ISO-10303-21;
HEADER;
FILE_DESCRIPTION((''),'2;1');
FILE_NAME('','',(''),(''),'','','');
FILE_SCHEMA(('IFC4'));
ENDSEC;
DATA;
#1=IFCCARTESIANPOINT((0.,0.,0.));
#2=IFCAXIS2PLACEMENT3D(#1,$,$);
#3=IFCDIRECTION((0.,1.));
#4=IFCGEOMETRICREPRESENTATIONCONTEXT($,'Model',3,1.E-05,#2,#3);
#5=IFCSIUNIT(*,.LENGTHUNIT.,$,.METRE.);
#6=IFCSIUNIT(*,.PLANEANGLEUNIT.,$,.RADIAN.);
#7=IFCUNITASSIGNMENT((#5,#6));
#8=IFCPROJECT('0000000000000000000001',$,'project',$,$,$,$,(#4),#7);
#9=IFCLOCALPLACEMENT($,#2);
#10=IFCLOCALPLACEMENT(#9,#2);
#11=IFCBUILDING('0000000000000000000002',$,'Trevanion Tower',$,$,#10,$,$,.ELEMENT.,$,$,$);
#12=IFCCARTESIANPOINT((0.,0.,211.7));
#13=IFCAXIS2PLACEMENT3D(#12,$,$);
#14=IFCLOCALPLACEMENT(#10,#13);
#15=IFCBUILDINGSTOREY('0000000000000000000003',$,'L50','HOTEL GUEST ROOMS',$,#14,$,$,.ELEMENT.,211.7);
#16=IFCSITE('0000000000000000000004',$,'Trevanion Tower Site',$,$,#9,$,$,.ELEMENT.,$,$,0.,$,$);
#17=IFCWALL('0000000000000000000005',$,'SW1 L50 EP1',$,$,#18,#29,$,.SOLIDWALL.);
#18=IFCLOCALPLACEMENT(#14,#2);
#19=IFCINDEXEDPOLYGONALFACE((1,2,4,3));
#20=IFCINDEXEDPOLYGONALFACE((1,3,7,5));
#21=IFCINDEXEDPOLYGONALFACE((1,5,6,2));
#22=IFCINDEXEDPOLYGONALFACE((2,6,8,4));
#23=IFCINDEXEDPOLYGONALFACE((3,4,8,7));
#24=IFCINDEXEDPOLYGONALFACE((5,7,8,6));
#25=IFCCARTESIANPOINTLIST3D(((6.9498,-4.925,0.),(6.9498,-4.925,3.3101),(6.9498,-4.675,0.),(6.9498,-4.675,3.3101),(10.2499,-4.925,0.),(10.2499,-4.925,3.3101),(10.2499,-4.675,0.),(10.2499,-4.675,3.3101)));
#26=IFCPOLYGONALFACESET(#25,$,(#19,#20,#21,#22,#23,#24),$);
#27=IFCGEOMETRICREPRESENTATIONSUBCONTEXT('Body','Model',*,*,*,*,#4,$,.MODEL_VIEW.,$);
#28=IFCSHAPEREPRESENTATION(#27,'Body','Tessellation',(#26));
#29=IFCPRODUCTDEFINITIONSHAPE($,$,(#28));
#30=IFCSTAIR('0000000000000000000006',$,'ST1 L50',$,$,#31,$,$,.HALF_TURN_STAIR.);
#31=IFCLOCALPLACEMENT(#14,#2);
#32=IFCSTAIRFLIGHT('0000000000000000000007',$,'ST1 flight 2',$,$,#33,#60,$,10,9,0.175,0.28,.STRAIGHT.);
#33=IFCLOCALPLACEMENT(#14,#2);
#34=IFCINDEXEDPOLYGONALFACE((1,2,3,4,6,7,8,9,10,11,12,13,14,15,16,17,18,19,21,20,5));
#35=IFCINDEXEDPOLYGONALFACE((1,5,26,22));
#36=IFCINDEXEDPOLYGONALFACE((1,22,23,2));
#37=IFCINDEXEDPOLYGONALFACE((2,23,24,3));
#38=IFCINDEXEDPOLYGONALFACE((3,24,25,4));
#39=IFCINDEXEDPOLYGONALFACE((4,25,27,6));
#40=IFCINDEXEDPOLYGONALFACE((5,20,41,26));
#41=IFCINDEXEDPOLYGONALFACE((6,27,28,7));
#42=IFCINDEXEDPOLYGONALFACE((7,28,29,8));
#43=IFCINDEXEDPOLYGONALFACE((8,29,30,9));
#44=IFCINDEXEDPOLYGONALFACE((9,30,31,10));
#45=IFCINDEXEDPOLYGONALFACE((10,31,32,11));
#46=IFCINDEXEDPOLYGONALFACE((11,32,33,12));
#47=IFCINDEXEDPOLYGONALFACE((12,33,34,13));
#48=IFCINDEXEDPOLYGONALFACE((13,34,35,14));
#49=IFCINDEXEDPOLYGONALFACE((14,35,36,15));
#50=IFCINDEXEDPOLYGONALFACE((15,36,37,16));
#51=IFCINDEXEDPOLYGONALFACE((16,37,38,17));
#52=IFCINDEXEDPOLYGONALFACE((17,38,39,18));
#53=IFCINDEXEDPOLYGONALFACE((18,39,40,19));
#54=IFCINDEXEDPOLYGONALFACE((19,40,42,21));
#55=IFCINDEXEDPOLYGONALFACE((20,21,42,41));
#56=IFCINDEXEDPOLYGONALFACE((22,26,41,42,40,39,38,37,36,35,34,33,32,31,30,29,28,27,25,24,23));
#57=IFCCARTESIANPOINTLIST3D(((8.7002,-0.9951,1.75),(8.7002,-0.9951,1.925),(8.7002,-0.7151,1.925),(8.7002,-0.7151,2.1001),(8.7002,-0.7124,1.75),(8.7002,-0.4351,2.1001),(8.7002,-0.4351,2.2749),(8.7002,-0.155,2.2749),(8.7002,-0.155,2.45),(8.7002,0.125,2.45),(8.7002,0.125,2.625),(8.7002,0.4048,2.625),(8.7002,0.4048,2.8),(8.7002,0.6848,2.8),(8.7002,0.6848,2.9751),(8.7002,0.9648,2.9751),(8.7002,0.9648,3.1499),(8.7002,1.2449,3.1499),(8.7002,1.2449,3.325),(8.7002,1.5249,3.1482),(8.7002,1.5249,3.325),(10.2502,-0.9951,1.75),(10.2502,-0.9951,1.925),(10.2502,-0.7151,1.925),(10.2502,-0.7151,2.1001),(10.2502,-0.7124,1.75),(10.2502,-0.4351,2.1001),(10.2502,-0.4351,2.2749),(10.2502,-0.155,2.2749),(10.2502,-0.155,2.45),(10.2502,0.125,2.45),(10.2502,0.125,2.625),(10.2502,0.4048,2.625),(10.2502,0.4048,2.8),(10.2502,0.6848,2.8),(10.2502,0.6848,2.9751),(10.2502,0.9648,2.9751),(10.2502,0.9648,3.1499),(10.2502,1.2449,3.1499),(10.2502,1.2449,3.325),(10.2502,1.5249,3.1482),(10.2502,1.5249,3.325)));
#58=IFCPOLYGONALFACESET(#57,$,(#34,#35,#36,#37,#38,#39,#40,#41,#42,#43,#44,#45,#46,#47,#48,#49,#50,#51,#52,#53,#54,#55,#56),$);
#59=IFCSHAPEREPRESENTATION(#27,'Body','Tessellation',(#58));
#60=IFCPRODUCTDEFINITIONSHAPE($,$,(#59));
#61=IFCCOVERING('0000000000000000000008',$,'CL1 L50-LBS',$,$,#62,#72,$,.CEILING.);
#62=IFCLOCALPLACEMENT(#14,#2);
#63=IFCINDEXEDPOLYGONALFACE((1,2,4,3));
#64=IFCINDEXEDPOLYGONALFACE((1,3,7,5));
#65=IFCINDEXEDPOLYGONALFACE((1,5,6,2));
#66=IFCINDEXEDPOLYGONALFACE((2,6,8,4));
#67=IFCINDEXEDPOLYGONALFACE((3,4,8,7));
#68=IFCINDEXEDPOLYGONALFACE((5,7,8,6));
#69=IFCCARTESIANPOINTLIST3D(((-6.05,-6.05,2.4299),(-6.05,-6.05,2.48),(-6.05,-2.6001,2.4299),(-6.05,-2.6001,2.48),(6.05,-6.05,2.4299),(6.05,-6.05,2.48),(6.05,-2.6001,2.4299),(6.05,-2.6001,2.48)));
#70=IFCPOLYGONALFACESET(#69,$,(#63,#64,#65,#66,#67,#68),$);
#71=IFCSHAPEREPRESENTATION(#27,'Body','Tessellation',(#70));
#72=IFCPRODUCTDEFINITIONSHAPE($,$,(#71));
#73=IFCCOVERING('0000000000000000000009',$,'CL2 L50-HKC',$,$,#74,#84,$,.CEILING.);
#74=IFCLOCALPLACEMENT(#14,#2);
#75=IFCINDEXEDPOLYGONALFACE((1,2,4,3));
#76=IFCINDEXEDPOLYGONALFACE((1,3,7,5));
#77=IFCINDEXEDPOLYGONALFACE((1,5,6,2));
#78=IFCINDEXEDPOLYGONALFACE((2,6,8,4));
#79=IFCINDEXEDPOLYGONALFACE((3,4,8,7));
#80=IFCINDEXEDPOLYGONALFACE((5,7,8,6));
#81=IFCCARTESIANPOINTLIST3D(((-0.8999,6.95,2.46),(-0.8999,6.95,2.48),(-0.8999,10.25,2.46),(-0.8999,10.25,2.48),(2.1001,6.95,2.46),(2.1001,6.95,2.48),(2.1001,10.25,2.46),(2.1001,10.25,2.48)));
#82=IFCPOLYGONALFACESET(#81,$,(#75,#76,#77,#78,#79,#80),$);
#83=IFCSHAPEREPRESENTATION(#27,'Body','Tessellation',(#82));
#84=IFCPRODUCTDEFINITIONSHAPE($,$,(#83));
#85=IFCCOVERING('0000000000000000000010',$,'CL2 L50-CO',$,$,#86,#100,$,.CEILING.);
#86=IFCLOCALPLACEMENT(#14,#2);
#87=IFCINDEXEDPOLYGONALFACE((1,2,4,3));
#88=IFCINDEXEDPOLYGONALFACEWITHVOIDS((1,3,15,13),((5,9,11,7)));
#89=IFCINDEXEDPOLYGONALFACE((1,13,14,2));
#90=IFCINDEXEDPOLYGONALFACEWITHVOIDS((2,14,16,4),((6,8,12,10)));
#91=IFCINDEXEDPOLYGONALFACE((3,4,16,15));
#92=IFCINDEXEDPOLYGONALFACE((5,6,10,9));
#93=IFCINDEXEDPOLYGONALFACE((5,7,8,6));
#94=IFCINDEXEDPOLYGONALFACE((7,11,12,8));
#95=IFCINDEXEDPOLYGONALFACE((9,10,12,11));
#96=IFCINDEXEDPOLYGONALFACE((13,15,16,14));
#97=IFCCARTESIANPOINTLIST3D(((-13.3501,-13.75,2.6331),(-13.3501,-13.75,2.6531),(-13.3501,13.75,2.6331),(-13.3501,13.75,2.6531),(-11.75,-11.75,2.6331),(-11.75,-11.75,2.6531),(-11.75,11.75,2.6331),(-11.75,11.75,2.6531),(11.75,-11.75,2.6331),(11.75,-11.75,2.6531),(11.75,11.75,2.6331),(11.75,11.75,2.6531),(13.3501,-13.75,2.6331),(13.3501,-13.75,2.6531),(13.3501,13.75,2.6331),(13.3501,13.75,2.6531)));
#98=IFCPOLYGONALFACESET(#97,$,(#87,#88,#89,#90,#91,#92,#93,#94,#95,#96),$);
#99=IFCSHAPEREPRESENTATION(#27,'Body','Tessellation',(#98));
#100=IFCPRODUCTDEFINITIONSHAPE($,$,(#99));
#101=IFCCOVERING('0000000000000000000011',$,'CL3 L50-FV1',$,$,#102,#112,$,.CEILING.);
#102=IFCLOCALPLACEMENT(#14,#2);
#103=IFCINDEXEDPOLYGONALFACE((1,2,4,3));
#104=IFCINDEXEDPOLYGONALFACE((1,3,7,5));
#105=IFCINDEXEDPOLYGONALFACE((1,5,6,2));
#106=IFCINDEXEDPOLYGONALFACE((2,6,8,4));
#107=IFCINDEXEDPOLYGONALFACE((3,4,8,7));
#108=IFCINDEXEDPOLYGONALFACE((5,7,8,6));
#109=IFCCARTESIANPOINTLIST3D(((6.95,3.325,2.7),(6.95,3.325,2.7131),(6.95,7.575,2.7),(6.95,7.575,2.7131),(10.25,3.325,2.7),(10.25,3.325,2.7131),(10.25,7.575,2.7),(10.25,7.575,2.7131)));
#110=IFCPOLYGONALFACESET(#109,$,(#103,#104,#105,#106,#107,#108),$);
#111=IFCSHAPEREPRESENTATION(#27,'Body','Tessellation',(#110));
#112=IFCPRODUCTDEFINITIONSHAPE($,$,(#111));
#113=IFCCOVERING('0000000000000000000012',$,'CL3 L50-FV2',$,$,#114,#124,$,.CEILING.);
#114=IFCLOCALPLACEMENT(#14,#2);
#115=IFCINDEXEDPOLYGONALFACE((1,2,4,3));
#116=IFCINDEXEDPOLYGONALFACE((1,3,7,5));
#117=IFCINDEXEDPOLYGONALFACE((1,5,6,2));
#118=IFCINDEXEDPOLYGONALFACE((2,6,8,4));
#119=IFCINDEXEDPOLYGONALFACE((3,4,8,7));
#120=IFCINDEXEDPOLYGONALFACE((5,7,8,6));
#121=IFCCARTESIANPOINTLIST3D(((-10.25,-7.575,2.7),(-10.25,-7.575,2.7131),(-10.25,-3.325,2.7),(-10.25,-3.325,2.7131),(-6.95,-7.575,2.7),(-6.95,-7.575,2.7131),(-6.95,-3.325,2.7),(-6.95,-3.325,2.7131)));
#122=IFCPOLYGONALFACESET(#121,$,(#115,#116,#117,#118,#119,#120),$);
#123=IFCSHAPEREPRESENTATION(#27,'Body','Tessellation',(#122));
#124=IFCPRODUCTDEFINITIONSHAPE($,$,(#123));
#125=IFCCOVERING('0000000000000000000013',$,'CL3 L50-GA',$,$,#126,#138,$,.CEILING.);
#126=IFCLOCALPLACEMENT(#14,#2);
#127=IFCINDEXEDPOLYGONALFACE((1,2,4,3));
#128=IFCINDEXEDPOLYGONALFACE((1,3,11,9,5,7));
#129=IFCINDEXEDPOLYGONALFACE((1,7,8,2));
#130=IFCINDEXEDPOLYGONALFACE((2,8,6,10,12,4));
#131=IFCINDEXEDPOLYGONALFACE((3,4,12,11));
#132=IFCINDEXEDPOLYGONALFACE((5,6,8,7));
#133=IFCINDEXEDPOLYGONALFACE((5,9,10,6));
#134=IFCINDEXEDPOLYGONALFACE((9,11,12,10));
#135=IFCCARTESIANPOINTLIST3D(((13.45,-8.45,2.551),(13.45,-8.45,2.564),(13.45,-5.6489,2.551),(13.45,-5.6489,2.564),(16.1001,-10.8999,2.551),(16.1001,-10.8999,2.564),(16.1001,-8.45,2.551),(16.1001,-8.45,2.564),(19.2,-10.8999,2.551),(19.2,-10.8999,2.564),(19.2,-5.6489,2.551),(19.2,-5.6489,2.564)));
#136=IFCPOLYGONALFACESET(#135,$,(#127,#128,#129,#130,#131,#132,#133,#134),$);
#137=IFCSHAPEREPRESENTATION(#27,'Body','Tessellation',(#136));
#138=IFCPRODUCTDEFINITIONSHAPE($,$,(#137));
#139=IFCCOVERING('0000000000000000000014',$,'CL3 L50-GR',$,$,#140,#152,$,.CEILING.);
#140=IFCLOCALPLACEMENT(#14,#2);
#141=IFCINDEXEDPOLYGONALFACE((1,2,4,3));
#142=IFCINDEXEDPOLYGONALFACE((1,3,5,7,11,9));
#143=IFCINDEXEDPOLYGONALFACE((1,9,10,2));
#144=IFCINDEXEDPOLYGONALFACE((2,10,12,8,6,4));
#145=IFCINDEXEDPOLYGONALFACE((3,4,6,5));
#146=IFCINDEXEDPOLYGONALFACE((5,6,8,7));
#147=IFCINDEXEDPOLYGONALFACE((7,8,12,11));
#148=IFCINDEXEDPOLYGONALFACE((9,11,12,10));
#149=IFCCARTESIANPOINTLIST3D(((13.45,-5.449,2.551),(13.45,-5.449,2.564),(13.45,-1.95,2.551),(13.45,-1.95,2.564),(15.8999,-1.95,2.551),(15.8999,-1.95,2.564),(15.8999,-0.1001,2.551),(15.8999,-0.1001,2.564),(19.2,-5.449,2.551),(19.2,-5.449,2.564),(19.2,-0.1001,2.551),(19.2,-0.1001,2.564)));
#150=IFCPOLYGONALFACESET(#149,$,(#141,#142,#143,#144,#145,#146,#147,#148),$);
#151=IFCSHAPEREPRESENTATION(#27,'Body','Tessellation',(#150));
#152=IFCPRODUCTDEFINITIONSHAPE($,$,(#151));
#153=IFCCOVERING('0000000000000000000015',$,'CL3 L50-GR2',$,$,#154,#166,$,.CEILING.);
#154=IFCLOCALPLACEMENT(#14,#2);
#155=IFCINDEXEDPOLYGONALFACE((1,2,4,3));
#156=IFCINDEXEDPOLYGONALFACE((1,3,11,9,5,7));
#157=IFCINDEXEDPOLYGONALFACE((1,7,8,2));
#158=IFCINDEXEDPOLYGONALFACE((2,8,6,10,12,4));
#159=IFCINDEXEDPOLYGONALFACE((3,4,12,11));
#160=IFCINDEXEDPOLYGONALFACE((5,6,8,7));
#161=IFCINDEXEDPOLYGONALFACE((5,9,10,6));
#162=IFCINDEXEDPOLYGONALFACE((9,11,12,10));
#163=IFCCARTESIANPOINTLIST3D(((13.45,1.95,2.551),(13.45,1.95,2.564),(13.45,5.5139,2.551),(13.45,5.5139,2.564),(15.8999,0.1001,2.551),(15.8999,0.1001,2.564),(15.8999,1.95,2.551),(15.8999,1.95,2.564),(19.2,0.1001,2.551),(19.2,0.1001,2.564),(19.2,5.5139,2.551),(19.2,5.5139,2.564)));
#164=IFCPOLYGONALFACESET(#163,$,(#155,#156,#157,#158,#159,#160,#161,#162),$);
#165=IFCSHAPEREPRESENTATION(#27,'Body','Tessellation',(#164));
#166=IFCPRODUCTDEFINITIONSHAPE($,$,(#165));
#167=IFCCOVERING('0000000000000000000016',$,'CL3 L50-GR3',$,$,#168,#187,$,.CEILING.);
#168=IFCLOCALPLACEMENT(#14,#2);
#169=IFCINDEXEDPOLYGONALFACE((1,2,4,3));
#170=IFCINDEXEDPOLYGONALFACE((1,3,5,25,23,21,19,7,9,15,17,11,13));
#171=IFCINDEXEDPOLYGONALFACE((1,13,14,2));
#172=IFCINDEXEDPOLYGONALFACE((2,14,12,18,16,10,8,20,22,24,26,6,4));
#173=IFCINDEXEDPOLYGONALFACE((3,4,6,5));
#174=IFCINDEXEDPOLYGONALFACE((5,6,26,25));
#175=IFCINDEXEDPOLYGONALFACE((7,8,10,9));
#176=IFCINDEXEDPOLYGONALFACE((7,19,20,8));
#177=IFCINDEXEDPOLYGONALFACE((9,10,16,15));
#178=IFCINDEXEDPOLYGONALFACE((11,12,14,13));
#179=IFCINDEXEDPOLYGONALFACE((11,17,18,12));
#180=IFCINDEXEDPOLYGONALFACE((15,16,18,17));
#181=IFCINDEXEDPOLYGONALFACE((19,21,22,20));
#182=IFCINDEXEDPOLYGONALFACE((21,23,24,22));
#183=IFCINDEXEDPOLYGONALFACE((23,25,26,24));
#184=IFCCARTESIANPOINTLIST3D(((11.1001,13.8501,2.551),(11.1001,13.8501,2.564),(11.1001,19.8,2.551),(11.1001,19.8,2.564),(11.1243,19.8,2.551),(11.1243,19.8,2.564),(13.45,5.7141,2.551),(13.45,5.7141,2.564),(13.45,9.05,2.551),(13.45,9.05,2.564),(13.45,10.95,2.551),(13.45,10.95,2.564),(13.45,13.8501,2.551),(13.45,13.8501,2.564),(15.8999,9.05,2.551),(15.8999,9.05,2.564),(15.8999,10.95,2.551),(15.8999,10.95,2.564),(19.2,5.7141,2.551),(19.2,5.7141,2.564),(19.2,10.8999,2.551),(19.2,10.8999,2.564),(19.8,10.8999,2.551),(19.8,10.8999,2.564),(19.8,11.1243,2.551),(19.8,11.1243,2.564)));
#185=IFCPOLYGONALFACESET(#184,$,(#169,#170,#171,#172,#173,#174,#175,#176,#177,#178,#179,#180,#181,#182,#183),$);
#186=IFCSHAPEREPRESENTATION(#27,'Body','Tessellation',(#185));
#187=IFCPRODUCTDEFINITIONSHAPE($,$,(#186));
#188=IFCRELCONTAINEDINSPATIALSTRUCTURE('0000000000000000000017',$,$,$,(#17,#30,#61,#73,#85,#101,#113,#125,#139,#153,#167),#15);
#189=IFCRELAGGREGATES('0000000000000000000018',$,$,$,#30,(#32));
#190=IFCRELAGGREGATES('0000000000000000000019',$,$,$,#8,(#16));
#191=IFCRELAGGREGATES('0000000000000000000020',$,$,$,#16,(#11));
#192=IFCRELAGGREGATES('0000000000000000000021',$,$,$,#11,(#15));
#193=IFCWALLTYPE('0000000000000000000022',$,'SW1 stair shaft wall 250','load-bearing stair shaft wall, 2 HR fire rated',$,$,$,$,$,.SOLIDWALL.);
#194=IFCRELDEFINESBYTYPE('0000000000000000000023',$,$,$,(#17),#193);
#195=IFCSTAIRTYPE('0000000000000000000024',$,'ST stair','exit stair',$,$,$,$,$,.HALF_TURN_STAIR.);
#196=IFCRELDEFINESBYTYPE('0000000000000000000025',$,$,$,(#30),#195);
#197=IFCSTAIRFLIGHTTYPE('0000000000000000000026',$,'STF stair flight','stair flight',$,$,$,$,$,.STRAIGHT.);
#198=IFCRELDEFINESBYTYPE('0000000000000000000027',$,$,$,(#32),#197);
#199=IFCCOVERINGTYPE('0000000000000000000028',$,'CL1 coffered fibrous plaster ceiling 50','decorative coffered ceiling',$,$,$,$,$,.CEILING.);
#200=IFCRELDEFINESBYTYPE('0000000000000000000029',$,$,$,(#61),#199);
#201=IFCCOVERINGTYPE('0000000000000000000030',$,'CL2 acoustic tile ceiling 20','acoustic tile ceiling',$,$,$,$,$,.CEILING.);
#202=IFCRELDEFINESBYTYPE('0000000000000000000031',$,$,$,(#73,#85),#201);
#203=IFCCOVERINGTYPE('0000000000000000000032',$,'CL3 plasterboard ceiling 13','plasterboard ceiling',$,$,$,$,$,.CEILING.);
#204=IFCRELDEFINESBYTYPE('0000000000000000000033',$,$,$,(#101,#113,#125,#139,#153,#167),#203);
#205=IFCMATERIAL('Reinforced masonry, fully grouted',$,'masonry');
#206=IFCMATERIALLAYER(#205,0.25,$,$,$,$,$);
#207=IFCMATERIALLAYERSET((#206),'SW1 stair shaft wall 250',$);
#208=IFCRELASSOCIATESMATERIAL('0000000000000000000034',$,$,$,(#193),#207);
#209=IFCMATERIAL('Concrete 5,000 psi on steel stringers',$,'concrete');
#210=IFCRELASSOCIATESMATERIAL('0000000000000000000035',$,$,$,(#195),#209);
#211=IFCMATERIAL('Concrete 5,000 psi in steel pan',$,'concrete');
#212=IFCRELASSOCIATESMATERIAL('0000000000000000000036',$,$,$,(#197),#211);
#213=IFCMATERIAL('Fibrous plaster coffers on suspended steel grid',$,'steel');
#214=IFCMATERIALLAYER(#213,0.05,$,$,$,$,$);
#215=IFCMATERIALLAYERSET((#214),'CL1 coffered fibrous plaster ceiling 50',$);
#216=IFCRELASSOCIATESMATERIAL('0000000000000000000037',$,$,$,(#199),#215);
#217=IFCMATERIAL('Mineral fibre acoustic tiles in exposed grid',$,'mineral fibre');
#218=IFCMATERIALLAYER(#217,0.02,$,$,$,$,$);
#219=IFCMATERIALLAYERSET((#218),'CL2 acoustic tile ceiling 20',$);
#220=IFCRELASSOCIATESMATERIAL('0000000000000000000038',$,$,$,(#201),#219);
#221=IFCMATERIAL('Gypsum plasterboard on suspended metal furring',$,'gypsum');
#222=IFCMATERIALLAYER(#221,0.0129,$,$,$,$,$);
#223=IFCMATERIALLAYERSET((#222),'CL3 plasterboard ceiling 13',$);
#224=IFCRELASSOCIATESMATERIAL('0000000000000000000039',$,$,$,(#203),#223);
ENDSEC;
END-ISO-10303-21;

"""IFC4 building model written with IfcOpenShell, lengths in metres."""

from ifc_helpers import new_model, si_unit, direction, frame, frame_2d, origin, place, context, subcontext, project, spatial, polyline, rectangle, outline, extrude, material, layer, layer_set, type_object, element, aggregate, save


model = new_model("IFC4")

# Units and contexts
model_context = context("Model", 3, precision=1e-05, world=origin(), true_north=direction((0.0, 1.0)))
body_context = subcontext(model_context, "Body", "Model", "MODEL_VIEW")
ifc_project = project(units=[si_unit("LENGTHUNIT", "METRE"), si_unit("PLANEANGLEUNIT", "RADIAN")], contexts=[model_context])

# Site, building, storey
site_placement = place(None, origin())
site = spatial("IfcSite", under=ifc_project, at=site_placement, Name="Trevanion Tower Site", CompositionType="ELEMENT", RefElevation=0.0)
building_placement = place(site_placement, origin())
building = spatial("IfcBuilding", under=site, at=building_placement, Name="Trevanion Tower", CompositionType="ELEMENT")
storey_placement = place(building_placement, frame((0.0, 0.0, 211.7)))
storey = spatial("IfcBuildingStorey", under=building, at=storey_placement, Name="L50", Description="HOTEL GUEST ROOMS", CompositionType="ELEMENT", Elevation=211.7)

# Wall
ifc_material_1 = material(Name="Reinforced masonry, fully grouted", Category="masonry")
ifc_layer_1 = layer(ifc_material_1, 0.25)
ifc_layer_set_1 = layer_set([ifc_layer_1], Name="SW1 stair shaft wall 250")
wall_type_1 = type_object("IfcWallType", Name="SW1 stair shaft wall 250", Description="load-bearing stair shaft wall, 2 HR fire rated", PredefinedType="SOLIDWALL", material=ifc_layer_set_1)
wall_1_placement = place(storey_placement, frame((6.95, -4.8, 0.0), z_axis=(0.0, 0.0, 1.0), x_axis=(1.0, 0.0, 0.0)))
element("IfcWall", 1, at=wall_1_placement, inside=storey, type_object=wall_type_1, Name="SW1 L50 EP1", PredefinedType="SOLIDWALL", context=body_context, shape_type="SweptSolid", body=[
    extrude(rectangle(XDim=3.3, YDim=0.25, at=frame_2d((1.6499, 0.0))), origin(), (0.0, 0.0, 1.0), 3.3101),
])

# Stair, stair flight
ifc_material_2 = material(Name="Concrete 5,000 psi on steel stringers", Category="concrete")
stair_type = type_object("IfcStairType", Name="ST stair", Description="exit stair", PredefinedType="HALF_TURN_STAIR", material=ifc_material_2)
stair_placement = place(storey_placement, origin())
stair = element("IfcStair", 2, at=stair_placement, inside=storey, type_object=stair_type, Name="ST1 L50", PredefinedType="HALF_TURN_STAIR")
ifc_material_3 = material(Name="Concrete 5,000 psi in steel pan", Category="concrete")
stair_flight_type = type_object("IfcStairFlightType", Name="STF stair flight", Description="stair flight", PredefinedType="STRAIGHT", material=ifc_material_3)
stair_flight_placement = place(storey_placement, frame((9.4751, -0.9951, 1.75), z_axis=(0.0, 0.0, 1.0), x_axis=(0.0, 1.0, 0.0)))
stair_flight = element("IfcStairFlight", 3, at=stair_flight_placement, type_object=stair_flight_type, Name="ST1 flight 2", NumberOfRisers=10, NumberOfTreads=9, PredefinedType="STRAIGHT", RiserHeight=0.175, TreadLength=0.28, context=body_context, shape_type="SweptSolid", body=[
    extrude(outline(polyline([(0.0, 0.0), (0.0, 0.175), (0.28, 0.175), (0.28, 0.3501), (0.5601, 0.3501), (0.5601, 0.5249), (0.8401, 0.5249), (0.8401, 0.7), (1.1201, 0.7), (1.1201, 0.875), (1.3999, 0.875), (1.3999, 1.05), (1.6799, 1.05), (1.6799, 1.2251), (1.96, 1.2251), (1.96, 1.3999), (2.24, 1.3999), (2.24, 1.575), (2.52, 1.575), (2.52, 1.75), (2.52, 1.3982), (0.2827, 0.0), (0.0, 0.0)])), frame((0.0, 0.7749, 0.0), z_axis=(0.0, -1.0, 0.0), x_axis=(1.0, 0.0, 0.0)), (0.0, 0.0, 1.0), 1.55),
])
aggregate(stair, [stair_flight])

# Coverings
ifc_material_4 = material(Name="Fibrous plaster coffers on suspended steel grid", Category="steel")
ifc_layer_2 = layer(ifc_material_4, 0.05)
ifc_layer_set_2 = layer_set([ifc_layer_2], Name="CL1 coffered fibrous plaster ceiling 50")
covering_type_1 = type_object("IfcCoveringType", Name="CL1 coffered fibrous plaster ceiling 50", Description="decorative coffered ceiling", PredefinedType="CEILING", material=ifc_layer_set_2)
covering_1_placement = place(storey_placement, frame((0.0, 0.0, 2.4299)))
element("IfcCovering", 4, at=covering_1_placement, inside=storey, type_object=covering_type_1, Name="CL1 L50-LBS", PredefinedType="CEILING", context=body_context, shape_type="SweptSolid", body=[
    extrude(outline(polyline([(6.05, -6.05), (6.05, -2.6001), (-6.05, -2.6001), (-6.05, -6.05), (6.05, -6.05)])), origin(), (0.0, 0.0, 1.0), 0.05),
])
ifc_material_5 = material(Name="Mineral fibre acoustic tiles in exposed grid", Category="mineral fibre")
ifc_layer_3 = layer(ifc_material_5, 0.02)
ifc_layer_set_3 = layer_set([ifc_layer_3], Name="CL2 acoustic tile ceiling 20")
covering_type_2 = type_object("IfcCoveringType", Name="CL2 acoustic tile ceiling 20", Description="acoustic tile ceiling", PredefinedType="CEILING", material=ifc_layer_set_3)
covering_2_placement = place(storey_placement, frame((0.0, 0.0, 2.46)))
element("IfcCovering", 5, at=covering_2_placement, inside=storey, type_object=covering_type_2, Name="CL2 L50-HKC", PredefinedType="CEILING", context=body_context, shape_type="SweptSolid", body=[
    extrude(outline(polyline([(2.1001, 6.95), (2.1001, 10.25), (-0.8999, 10.25), (-0.8999, 6.95), (2.1001, 6.95)])), origin(), (0.0, 0.0, 1.0), 0.02),
])
covering_3_placement = place(storey_placement, frame((0.0, 0.0, 2.6331)))
element("IfcCovering", 6, at=covering_3_placement, inside=storey, type_object=covering_type_2, Name="CL2 L50-CO", PredefinedType="CEILING", context=body_context, shape_type="SweptSolid", body=[
    extrude(outline(polyline([(-13.3501, -13.75), (-13.3501, 13.75), (13.3501, 13.75), (13.3501, -13.75), (-13.3501, -13.75)]), holes=[polyline([(11.75, 11.75), (-11.75, 11.75), (-11.75, -11.75), (11.75, -11.75), (11.75, 11.75)])]), origin(), (0.0, 0.0, 1.0), 0.02),
])
ifc_material_6 = material(Name="Gypsum plasterboard on suspended metal furring", Category="gypsum")
ifc_layer_4 = layer(ifc_material_6, 0.0129)
ifc_layer_set_4 = layer_set([ifc_layer_4], Name="CL3 plasterboard ceiling 13")
covering_type_3 = type_object("IfcCoveringType", Name="CL3 plasterboard ceiling 13", Description="plasterboard ceiling", PredefinedType="CEILING", material=ifc_layer_set_4)
covering_4_placement = place(storey_placement, frame((0.0, 0.0, 2.7)))
element("IfcCovering", 7, at=covering_4_placement, inside=storey, type_object=covering_type_3, Name="CL3 L50-FV1", PredefinedType="CEILING", context=body_context, shape_type="SweptSolid", body=[
    extrude(outline(polyline([(10.25, 3.325), (10.25, 7.575), (6.95, 7.575), (6.95, 3.325), (10.25, 3.325)])), origin(), (0.0, 0.0, 1.0), 0.0132),
])
covering_5_placement = place(storey_placement, frame((0.0, 0.0, 2.7)))
element("IfcCovering", 8, at=covering_5_placement, inside=storey, type_object=covering_type_3, Name="CL3 L50-FV2", PredefinedType="CEILING", context=body_context, shape_type="SweptSolid", body=[
    extrude(outline(polyline([(-10.25, -3.325), (-10.25, -7.575), (-6.95, -7.575), (-6.95, -3.325), (-10.25, -3.325)])), origin(), (0.0, 0.0, 1.0), 0.0132),
])
covering_6_placement = place(storey_placement, frame((0.0, 0.0, 2.551)))
element("IfcCovering", 9, at=covering_6_placement, inside=storey, type_object=covering_type_3, Name="CL3 L50-GA", PredefinedType="CEILING", context=body_context, shape_type="SweptSolid", body=[
    extrude(outline(polyline([(13.45, -5.6489), (19.2, -5.6489), (19.2, -10.8999), (16.1001, -10.8999), (16.1001, -8.45), (13.45, -8.45), (13.45, -5.6489)])), origin(), (0.0, 0.0, 1.0), 0.0129),
])
covering_7_placement = place(storey_placement, frame((0.0, 0.0, 2.551)))
element("IfcCovering", 10, at=covering_7_placement, inside=storey, type_object=covering_type_3, Name="CL3 L50-GR", PredefinedType="CEILING", context=body_context, shape_type="SweptSolid", body=[
    extrude(outline(polyline([(13.45, -1.95), (15.8999, -1.95), (15.8999, -0.1001), (19.2, -0.1001), (19.2, -5.449), (13.45, -5.449), (13.45, -1.95)])), origin(), (0.0, 0.0, 1.0), 0.0129),
])
covering_8_placement = place(storey_placement, frame((0.0, 0.0, 2.551)))
element("IfcCovering", 11, at=covering_8_placement, inside=storey, type_object=covering_type_3, Name="CL3 L50-GR2", PredefinedType="CEILING", context=body_context, shape_type="SweptSolid", body=[
    extrude(outline(polyline([(13.45, 5.5139), (19.2, 5.5139), (19.2, 0.1001), (15.8999, 0.1001), (15.8999, 1.95), (13.45, 1.95), (13.45, 5.5139)])), origin(), (0.0, 0.0, 1.0), 0.0129),
])
covering_9_placement = place(storey_placement, frame((0.0, 0.0, 2.551)))
element("IfcCovering", 12, at=covering_9_placement, inside=storey, type_object=covering_type_3, Name="CL3 L50-GR3", PredefinedType="CEILING", context=body_context, shape_type="SweptSolid", body=[
    extrude(outline(polyline([(11.1001, 13.8501), (11.1001, 19.8), (11.1243, 19.8), (19.8, 11.1243), (19.8, 10.8999), (19.2, 10.8999), (19.2, 5.7141), (13.45, 5.7141), (13.45, 9.05), (15.8999, 9.05), (15.8999, 10.95), (13.45, 10.95), (13.45, 13.8501), (11.1001, 13.8501)])), origin(), (0.0, 0.0, 1.0), 0.0129),
])

save(model, "model.ifc")
